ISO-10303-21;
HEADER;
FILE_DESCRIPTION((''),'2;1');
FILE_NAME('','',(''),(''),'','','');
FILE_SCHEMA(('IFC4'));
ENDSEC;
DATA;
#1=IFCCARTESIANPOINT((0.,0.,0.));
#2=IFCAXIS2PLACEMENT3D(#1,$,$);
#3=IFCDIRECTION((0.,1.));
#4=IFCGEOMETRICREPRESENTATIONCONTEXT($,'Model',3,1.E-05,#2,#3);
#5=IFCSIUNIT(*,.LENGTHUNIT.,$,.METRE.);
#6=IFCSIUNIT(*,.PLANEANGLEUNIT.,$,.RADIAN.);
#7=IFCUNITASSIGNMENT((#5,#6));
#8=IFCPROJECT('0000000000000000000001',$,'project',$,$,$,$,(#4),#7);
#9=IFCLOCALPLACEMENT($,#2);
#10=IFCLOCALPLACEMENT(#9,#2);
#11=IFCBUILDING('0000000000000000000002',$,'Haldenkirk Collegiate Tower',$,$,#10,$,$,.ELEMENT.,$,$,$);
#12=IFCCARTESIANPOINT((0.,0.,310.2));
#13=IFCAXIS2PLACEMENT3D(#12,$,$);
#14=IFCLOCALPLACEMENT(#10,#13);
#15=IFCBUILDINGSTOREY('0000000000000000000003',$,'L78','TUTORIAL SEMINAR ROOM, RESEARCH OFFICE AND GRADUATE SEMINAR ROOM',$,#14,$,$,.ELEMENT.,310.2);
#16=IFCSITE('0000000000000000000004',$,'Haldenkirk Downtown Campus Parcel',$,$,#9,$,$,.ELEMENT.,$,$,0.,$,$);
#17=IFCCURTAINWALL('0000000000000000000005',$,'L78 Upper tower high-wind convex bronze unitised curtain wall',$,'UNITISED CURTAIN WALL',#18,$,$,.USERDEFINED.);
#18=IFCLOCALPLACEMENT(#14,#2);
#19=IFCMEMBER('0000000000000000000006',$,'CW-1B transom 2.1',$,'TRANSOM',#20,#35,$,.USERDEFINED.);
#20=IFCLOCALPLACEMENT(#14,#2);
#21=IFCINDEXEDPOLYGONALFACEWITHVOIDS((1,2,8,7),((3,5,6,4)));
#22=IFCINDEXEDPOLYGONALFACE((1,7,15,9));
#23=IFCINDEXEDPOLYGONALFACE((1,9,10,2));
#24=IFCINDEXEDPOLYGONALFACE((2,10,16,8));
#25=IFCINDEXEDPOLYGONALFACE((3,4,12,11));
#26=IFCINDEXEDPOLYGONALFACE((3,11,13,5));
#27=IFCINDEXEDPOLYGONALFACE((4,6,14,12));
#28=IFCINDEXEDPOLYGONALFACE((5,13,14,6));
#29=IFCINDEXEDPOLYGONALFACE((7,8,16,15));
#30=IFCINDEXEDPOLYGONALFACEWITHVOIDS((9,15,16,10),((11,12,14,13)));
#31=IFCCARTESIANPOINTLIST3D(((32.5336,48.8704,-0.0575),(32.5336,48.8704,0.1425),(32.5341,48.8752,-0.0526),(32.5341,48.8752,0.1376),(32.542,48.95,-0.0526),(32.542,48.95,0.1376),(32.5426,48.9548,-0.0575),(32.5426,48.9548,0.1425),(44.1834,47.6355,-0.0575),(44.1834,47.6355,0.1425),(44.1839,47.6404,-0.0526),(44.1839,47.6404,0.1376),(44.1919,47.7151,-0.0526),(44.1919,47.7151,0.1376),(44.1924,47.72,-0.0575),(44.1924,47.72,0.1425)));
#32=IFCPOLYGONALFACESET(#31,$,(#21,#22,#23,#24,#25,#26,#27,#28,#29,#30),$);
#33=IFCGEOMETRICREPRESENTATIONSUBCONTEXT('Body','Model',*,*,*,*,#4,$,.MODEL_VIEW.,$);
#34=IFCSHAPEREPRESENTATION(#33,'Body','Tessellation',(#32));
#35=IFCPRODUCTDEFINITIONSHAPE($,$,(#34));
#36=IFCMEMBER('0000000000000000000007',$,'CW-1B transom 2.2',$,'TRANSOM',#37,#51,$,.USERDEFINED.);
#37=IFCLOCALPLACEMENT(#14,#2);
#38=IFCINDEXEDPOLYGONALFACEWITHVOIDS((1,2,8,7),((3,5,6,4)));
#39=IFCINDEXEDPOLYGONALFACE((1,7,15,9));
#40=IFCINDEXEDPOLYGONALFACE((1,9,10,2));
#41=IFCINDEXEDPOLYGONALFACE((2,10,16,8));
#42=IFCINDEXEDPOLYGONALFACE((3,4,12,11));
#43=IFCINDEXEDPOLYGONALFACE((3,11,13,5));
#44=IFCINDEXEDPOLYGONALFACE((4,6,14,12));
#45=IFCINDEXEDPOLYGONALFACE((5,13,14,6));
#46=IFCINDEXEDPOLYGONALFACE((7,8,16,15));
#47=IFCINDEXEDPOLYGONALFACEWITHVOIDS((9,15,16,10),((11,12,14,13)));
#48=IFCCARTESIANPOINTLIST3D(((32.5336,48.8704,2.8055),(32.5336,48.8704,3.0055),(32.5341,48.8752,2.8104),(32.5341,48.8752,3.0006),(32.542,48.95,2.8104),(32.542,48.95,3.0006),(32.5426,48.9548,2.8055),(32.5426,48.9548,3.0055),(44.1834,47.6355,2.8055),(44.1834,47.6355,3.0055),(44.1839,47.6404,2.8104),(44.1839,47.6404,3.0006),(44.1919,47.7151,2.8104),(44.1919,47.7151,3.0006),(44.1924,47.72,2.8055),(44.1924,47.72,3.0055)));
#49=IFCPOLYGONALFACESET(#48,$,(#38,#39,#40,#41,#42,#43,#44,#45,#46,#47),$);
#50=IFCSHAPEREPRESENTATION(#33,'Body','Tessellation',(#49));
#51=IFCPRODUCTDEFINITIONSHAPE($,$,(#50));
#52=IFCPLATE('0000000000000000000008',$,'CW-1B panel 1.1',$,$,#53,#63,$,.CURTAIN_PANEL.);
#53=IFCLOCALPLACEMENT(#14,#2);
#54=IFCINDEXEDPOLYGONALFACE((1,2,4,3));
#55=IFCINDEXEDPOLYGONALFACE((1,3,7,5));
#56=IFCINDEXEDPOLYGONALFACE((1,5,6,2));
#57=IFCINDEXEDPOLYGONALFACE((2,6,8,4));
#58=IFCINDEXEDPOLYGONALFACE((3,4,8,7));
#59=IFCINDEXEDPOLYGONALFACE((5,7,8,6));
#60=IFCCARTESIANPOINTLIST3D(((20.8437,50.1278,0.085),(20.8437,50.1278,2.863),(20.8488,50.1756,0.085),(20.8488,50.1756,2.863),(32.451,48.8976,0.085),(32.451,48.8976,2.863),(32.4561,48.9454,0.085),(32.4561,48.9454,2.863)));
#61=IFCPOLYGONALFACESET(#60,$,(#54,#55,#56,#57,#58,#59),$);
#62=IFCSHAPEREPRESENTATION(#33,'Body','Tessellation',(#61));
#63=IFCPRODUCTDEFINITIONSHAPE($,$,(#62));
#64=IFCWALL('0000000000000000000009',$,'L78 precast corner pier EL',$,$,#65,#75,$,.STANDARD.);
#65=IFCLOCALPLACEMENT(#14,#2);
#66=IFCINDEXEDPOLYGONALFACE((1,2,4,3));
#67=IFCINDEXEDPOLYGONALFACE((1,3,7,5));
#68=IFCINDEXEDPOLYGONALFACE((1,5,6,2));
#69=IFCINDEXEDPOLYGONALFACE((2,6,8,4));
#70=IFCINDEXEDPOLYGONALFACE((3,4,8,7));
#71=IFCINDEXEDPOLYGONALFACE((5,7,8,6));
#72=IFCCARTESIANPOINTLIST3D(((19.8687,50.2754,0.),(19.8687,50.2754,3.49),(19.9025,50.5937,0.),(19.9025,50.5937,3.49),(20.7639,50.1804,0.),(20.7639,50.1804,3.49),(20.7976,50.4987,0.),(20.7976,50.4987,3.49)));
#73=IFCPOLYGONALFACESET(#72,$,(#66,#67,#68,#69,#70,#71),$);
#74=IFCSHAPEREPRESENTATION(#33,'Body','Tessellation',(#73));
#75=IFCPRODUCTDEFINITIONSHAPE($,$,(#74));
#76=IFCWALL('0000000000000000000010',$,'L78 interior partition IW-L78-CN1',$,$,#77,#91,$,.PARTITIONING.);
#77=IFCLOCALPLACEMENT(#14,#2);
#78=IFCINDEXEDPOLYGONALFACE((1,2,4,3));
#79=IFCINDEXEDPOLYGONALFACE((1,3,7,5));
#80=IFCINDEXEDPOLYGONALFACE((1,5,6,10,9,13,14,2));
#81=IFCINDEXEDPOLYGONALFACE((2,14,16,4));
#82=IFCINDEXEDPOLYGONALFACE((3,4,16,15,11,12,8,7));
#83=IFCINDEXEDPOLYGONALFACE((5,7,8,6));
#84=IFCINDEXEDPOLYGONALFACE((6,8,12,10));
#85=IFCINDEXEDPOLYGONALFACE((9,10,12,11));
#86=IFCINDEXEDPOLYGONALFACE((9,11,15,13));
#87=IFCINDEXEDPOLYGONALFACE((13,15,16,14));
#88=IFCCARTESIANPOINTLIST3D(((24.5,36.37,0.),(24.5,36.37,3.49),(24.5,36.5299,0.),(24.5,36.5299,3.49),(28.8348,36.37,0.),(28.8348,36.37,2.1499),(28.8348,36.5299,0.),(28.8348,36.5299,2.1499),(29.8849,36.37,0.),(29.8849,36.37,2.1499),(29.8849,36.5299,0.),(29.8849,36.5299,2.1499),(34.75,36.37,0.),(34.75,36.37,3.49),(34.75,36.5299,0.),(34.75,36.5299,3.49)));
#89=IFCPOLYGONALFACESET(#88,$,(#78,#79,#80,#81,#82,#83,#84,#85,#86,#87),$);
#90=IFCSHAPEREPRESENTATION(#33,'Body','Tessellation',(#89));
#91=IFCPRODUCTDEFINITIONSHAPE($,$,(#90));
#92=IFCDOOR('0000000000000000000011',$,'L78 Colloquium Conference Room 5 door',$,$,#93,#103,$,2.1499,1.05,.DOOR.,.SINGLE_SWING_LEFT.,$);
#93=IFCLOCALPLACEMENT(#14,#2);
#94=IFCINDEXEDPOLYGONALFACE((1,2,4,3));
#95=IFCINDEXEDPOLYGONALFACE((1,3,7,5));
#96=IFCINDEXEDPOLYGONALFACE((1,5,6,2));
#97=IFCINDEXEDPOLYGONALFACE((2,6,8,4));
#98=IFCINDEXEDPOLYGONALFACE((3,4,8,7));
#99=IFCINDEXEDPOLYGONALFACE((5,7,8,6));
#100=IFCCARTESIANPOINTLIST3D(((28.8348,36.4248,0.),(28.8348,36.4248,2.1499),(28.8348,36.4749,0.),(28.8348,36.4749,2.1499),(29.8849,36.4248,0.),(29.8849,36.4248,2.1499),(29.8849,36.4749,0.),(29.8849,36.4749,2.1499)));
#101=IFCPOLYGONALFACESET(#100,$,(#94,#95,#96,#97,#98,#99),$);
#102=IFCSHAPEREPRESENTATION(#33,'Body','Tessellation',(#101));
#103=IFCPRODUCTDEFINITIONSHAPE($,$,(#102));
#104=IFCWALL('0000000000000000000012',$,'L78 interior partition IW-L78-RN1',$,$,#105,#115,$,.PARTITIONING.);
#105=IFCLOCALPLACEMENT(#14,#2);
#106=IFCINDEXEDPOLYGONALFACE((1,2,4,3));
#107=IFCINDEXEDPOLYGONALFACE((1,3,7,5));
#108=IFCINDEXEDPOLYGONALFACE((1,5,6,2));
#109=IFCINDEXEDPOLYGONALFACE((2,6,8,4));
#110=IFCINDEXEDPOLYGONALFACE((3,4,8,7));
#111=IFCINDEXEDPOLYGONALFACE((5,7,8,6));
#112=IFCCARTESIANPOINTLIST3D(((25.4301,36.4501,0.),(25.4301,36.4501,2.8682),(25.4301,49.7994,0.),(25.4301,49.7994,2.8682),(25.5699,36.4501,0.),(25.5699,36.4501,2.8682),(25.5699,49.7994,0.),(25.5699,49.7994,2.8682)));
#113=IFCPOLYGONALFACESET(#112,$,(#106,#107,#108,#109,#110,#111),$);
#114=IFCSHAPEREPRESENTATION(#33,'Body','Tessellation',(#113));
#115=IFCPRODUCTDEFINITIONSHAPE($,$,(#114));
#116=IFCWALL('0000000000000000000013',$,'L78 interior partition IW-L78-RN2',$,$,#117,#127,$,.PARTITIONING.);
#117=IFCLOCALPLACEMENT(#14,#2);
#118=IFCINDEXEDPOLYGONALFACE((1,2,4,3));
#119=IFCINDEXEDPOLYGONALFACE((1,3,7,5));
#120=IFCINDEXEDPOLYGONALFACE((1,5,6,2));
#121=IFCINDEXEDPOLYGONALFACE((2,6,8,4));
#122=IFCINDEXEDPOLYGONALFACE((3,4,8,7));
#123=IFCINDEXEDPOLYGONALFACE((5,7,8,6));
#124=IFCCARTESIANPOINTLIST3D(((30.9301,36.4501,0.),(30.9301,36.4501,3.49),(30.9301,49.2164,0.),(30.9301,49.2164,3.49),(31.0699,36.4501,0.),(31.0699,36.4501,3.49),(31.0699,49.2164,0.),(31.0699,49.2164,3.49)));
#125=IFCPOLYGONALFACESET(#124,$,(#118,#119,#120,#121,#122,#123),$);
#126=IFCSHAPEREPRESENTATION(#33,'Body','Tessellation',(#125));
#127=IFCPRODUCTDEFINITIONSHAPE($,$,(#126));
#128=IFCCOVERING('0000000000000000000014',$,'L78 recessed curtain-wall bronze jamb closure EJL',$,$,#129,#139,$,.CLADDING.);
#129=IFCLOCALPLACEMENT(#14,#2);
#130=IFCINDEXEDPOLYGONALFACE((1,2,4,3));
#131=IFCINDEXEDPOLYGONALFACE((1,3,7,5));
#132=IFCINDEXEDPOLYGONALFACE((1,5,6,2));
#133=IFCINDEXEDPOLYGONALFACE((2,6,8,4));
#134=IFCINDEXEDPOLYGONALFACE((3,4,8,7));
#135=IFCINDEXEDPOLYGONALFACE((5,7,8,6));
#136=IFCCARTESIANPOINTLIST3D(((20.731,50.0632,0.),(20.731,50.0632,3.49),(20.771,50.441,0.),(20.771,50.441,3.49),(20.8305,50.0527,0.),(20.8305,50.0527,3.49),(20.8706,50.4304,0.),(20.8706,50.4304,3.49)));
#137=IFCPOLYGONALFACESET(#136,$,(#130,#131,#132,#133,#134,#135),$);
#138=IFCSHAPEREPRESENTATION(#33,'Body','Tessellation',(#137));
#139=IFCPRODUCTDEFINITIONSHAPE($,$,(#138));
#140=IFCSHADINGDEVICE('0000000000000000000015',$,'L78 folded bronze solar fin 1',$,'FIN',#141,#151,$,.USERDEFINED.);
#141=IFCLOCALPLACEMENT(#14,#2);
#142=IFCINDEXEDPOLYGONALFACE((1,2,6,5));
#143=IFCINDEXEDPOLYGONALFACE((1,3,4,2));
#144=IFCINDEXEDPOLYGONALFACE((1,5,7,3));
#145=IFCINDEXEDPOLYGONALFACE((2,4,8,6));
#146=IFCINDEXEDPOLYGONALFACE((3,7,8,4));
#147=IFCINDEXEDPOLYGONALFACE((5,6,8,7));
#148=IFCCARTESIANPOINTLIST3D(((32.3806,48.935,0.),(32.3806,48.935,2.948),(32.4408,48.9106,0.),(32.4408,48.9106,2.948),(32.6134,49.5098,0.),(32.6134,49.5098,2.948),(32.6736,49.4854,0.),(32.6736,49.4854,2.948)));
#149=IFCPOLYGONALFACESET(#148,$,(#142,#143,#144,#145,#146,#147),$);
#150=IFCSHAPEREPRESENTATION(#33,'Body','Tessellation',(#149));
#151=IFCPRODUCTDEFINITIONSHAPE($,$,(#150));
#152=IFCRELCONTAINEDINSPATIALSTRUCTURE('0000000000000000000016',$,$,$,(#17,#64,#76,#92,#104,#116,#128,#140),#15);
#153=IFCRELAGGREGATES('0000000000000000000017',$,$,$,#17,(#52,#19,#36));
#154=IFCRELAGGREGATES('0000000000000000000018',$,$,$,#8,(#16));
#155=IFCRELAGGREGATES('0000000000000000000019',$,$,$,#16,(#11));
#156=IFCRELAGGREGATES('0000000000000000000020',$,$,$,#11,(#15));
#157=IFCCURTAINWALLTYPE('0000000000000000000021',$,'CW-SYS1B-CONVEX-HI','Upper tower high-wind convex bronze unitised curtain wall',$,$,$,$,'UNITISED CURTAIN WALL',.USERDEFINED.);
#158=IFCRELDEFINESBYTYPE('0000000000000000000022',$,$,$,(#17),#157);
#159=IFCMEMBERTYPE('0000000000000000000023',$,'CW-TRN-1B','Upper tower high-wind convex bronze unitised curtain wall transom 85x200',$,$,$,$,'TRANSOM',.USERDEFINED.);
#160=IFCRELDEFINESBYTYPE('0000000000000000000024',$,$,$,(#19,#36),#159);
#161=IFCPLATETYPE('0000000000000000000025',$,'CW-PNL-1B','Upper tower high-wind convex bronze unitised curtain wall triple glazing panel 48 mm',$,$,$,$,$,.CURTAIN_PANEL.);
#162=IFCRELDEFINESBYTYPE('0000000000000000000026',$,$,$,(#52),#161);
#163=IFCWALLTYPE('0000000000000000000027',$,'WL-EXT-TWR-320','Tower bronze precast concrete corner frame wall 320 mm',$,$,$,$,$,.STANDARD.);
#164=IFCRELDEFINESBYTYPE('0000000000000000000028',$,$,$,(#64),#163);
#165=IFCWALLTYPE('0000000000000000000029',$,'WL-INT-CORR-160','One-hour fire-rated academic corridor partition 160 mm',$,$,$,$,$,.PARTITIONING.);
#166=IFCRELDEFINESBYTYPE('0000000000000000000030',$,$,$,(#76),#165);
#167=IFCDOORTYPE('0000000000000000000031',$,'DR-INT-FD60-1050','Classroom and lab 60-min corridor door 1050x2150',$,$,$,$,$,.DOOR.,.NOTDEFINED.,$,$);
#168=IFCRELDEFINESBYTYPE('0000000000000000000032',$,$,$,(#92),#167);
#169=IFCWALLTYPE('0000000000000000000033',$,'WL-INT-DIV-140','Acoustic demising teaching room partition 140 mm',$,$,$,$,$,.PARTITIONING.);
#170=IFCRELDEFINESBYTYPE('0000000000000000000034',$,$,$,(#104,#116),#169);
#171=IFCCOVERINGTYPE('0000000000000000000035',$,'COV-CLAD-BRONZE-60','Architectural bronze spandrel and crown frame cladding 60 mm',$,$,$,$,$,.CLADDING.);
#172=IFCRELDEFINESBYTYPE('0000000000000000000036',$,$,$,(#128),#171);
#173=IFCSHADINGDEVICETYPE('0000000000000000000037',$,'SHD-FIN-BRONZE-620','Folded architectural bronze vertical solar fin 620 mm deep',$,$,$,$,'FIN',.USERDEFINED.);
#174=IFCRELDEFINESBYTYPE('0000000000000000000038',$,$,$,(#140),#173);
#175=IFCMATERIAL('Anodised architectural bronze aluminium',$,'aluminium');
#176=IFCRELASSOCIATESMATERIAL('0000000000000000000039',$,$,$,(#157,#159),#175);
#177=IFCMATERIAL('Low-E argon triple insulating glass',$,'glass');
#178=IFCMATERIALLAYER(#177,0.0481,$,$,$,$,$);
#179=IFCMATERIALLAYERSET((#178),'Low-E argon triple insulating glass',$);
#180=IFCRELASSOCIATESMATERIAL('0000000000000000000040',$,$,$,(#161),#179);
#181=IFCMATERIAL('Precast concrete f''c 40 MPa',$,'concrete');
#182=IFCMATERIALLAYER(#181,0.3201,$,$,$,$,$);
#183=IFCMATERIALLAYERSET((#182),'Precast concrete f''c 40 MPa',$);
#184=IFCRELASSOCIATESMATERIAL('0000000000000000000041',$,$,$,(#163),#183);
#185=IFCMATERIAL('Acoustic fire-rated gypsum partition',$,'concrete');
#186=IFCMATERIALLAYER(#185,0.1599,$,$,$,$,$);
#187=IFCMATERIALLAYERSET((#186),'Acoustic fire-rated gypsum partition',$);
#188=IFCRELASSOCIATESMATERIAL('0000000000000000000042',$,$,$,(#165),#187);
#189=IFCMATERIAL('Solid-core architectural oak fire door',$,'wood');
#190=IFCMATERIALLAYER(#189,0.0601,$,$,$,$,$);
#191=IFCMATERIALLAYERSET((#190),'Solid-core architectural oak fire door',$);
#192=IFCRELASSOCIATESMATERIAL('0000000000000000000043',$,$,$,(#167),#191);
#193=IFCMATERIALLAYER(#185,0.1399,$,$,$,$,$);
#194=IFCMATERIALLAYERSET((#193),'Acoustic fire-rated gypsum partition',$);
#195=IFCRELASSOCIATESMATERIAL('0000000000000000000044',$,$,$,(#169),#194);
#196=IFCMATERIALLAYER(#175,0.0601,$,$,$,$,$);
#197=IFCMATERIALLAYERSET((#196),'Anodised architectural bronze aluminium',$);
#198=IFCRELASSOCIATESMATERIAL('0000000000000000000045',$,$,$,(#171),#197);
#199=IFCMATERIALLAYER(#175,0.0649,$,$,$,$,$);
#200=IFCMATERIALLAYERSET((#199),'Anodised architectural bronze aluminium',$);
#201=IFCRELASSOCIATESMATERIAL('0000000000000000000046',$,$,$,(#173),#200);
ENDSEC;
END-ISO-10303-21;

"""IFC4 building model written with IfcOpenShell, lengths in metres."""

from ifc_helpers import new_model, si_unit, direction, frame, frame_2d, origin, origin_2d, place, context, subcontext, project, spatial, rectangle, hollow_rectangle, extrude, source, transform, mapped, material, layer, layer_set, material_profile, profile_set, type_object, element, fill, aggregate, save


model = new_model("IFC4")

# Units and contexts
model_context = context("Model", 3, precision=1e-05, world=origin(), true_north=direction((0.0, 1.0)))
body_context = subcontext(model_context, "Body", "Model", "MODEL_VIEW")
ifc_project = project(units=[si_unit("LENGTHUNIT", "METRE"), si_unit("PLANEANGLEUNIT", "RADIAN")], contexts=[model_context])

# Site, building, storey
site_placement = place(None, origin())
site = spatial("IfcSite", under=ifc_project, at=site_placement, Name="Haldenkirk Downtown Campus Parcel", CompositionType="ELEMENT", RefElevation=0.0)
building_placement = place(site_placement, origin())
building = spatial("IfcBuilding", under=site, at=building_placement, Name="Haldenkirk Collegiate Tower", CompositionType="ELEMENT")
storey_placement = place(building_placement, frame((0.0, 0.0, 310.2)))
storey = spatial("IfcBuildingStorey", under=building, at=storey_placement, Name="L78", Description="TUTORIAL SEMINAR ROOM, RESEARCH OFFICE AND GRADUATE SEMINAR ROOM", CompositionType="ELEMENT", Elevation=310.2)

# Curtain wall, members, plate
ifc_material_1 = material(Name="Anodised architectural bronze aluminium", Category="aluminium")
curtain_wall_type = type_object("IfcCurtainWallType", Name="CW-SYS1B-CONVEX-HI", Description="Upper tower high-wind convex bronze unitised curtain wall", ElementType="UNITISED CURTAIN WALL", PredefinedType="USERDEFINED", material=ifc_material_1)
curtain_wall_placement = place(storey_placement, origin())
curtain_wall = element("IfcCurtainWall", 1, at=curtain_wall_placement, inside=storey, type_object=curtain_wall_type, Name="L78 Upper tower high-wind convex bronze unitised curtain wall", ObjectType="UNITISED CURTAIN WALL", PredefinedType="USERDEFINED")
ifc_material_profile_1 = material_profile(ifc_material_1, hollow_rectangle(XDim=0.085, YDim=0.2, WallThickness=0.0049, at=origin_2d()), Name="CW-TRN-1B")
ifc_profile_set_1 = profile_set([ifc_material_profile_1], Name="Anodised architectural bronze aluminium")
member_type_1 = type_object("IfcMemberType", Name="CW-TRN-1B", Description="Upper tower high-wind convex bronze unitised curtain wall transom 85x200", ElementType="TRANSOM", PredefinedType="USERDEFINED", material=ifc_profile_set_1)
member_1_placement = place(storey_placement, frame((32.5381, 48.9126, 0.0425), z_axis=(0.994429, -0.105407, 0.0), x_axis=(0.105407, 0.994429, 0.0)))
member_1 = element("IfcMember", 2, at=member_1_placement, type_object=member_type_1, Name="CW-1B transom 2.1", ObjectType="TRANSOM", PredefinedType="USERDEFINED", context=body_context, shape_type="SweptSolid", body=[
    extrude(hollow_rectangle(XDim=0.085, YDim=0.2, WallThickness=0.0049, at=origin_2d()), origin(), (0.0, 0.0, 1.0), 11.7151),
])
member_2_placement = place(storey_placement, frame((32.5381, 48.9126, 2.9055), z_axis=(0.994429, -0.105407, 0.0), x_axis=(0.105407, 0.994429, 0.0)))
member_2 = element("IfcMember", 3, at=member_2_placement, type_object=member_type_1, Name="CW-1B transom 2.2", ObjectType="TRANSOM", PredefinedType="USERDEFINED", context=body_context, shape_type="SweptSolid", body=[
    extrude(hollow_rectangle(XDim=0.085, YDim=0.2, WallThickness=0.0049, at=origin_2d()), origin(), (0.0, 0.0, 1.0), 11.7151),
])
ifc_material_2 = material(Name="Low-E argon triple insulating glass", Category="glass")
ifc_layer_1 = layer(ifc_material_2, 0.0481)
ifc_layer_set_1 = layer_set([ifc_layer_1], Name="Low-E argon triple insulating glass")
plate_type = type_object("IfcPlateType", Name="CW-PNL-1B", Description="Upper tower high-wind convex bronze unitised curtain wall triple glazing panel 48 mm", PredefinedType="CURTAIN_PANEL", material=ifc_layer_set_1)
shared_shape_1 = source(origin(), body_context, "Body", "SweptSolid", [
    extrude(rectangle(XDim=11.6724, YDim=0.0481, at=origin_2d()), origin(), (0.0, 0.0, 1.0), 2.7781),
])
plate_placement = place(storey_placement, frame((26.6499, 49.5366, 0.085), z_axis=(0.0, 0.0, 1.0), x_axis=(0.994431, -0.105393, 0.0)))
plate = element("IfcPlate", 4, at=plate_placement, type_object=plate_type, Name="CW-1B panel 1.1", PredefinedType="CURTAIN_PANEL", context=body_context, shape_type="MappedRepresentation", body=[
    mapped(shared_shape_1, transform((0.0, 0.0, 0.0), x_axis=(1.0, 0.0, 0.0), y_axis=(0.0, 1.0, 0.0), z_axis=(0.0, 0.0, 1.0), scale=1.0)),
])
aggregate(curtain_wall, [plate, member_1, member_2])

# Wall
ifc_material_3 = material(Name="Precast concrete f'c 40 MPa", Category="concrete")
ifc_layer_2 = layer(ifc_material_3, 0.3201)
ifc_layer_set_2 = layer_set([ifc_layer_2], Name="Precast concrete f'c 40 MPa")
wall_type_1 = type_object("IfcWallType", Name="WL-EXT-TWR-320", Description="Tower bronze precast concrete corner frame wall 320 mm", PredefinedType="STANDARD", material=ifc_layer_set_2)
wall_1_placement = place(storey_placement, frame((19.8855, 50.4346, 0.0), z_axis=(0.0, 0.0, 1.0), x_axis=(0.994417, -0.105518, 0.0)))
element("IfcWall", 5, at=wall_1_placement, inside=storey, type_object=wall_type_1, Name="L78 precast corner pier EL", PredefinedType="STANDARD", context=body_context, shape_type="SweptSolid", body=[
    extrude(rectangle(XDim=0.9001, YDim=0.3201, at=frame_2d((0.4502, 0.0))), origin(), (0.0, 0.0, 1.0), 3.49),
])

# Wall, opening, door
ifc_material_4 = material(Name="Acoustic fire-rated gypsum partition", Category="concrete")
ifc_layer_3 = layer(ifc_material_4, 0.1599)
ifc_layer_set_3 = layer_set([ifc_layer_3], Name="Acoustic fire-rated gypsum partition")
wall_type_2 = type_object("IfcWallType", Name="WL-INT-CORR-160", Description="One-hour fire-rated academic corridor partition 160 mm", PredefinedType="PARTITIONING", material=ifc_layer_set_3)
wall_2_placement = place(storey_placement, frame((24.5, 36.45, 0.0), z_axis=(0.0, 0.0, 1.0), x_axis=(1.0, 0.0, 0.0)))
wall_2 = element("IfcWall", 6, at=wall_2_placement, inside=storey, type_object=wall_type_2, Name="L78 interior partition IW-L78-CN1", PredefinedType="PARTITIONING", context=body_context, shape_type="SweptSolid", body=[
    extrude(rectangle(XDim=10.25, YDim=0.1599, at=frame_2d((5.125, 0.0))), origin(), (0.0, 0.0, 1.0), 3.49),
])
opening_placement = place(wall_2_placement, frame((4.335, 0.0, 0.0)))
opening = element("IfcOpeningElement", 7, at=opening_placement, cuts=wall_2, PredefinedType="OPENING", context=body_context, shape_type="SweptSolid", body=[
    extrude(rectangle(XDim=1.05, YDim=2.1499, at=frame_2d((0.5249, 1.075))), frame((0.0, 0.0898, 0.0), z_axis=(0.0, -1.0, 0.0), x_axis=(1.0, 0.0, 0.0)), (0.0, 0.0, 1.0), 0.1799),
])
ifc_material_5 = material(Name="Solid-core architectural oak fire door", Category="wood")
ifc_layer_4 = layer(ifc_material_5, 0.0601)
ifc_layer_set_4 = layer_set([ifc_layer_4], Name="Solid-core architectural oak fire door")
door_type = type_object("IfcDoorType", Name="DR-INT-FD60-1050", Description="Classroom and lab 60-min corridor door 1050x2150", OperationType="NOTDEFINED", PredefinedType="DOOR", material=ifc_layer_set_4)
door_placement = place(opening_placement, origin())
door = element("IfcDoor", 8, at=door_placement, inside=storey, type_object=door_type, Name="L78 Colloquium Conference Room 5 door", OperationType="SINGLE_SWING_LEFT", OverallHeight=2.1499, OverallWidth=1.05, PredefinedType="DOOR", context=body_context, shape_type="SweptSolid", body=[
    extrude(rectangle(XDim=1.05, YDim=2.1499, at=frame_2d((0.5249, 1.075))), frame((0.0, 0.0249, 0.0), z_axis=(0.0, -1.0, 0.0), x_axis=(1.0, 0.0, 0.0)), (0.0, 0.0, 1.0), 0.05),
])
fill(opening, door)

# Walls
ifc_layer_5 = layer(ifc_material_4, 0.1399)
ifc_layer_set_5 = layer_set([ifc_layer_5], Name="Acoustic fire-rated gypsum partition")
wall_type_3 = type_object("IfcWallType", Name="WL-INT-DIV-140", Description="Acoustic demising teaching room partition 140 mm", PredefinedType="PARTITIONING", material=ifc_layer_set_5)
wall_3_placement = place(storey_placement, frame((25.5, 36.45, 0.0), z_axis=(0.0, 0.0, 1.0), x_axis=(0.0, 1.0, 0.0)))
element("IfcWall", 9, at=wall_3_placement, inside=storey, type_object=wall_type_3, Name="L78 interior partition IW-L78-RN1", PredefinedType="PARTITIONING", context=body_context, shape_type="SweptSolid", body=[
    extrude(rectangle(XDim=13.3494, YDim=0.1399, at=frame_2d((6.6748, 0.0))), origin(), (0.0, 0.0, 1.0), 2.8682),
])
wall_4_placement = place(storey_placement, frame((31.0, 36.45, 0.0), z_axis=(0.0, 0.0, 1.0), x_axis=(0.0, 1.0, 0.0)))
element("IfcWall", 10, at=wall_4_placement, inside=storey, type_object=wall_type_3, Name="L78 interior partition IW-L78-RN2", PredefinedType="PARTITIONING", context=body_context, shape_type="SweptSolid", body=[
    extrude(rectangle(XDim=12.7664, YDim=0.1399, at=frame_2d((6.3833, 0.0))), origin(), (0.0, 0.0, 1.0), 3.49),
])

# Covering
ifc_layer_6 = layer(ifc_material_1, 0.0601)
ifc_layer_set_6 = layer_set([ifc_layer_6], Name="Anodised architectural bronze aluminium")
covering_type = type_object("IfcCoveringType", Name="COV-CLAD-BRONZE-60", Description="Architectural bronze spandrel and crown frame cladding 60 mm", PredefinedType="CLADDING", material=ifc_layer_set_6)
shared_shape_2 = source(origin(), body_context, "Body", "SweptSolid", [
    extrude(rectangle(XDim=0.1001, YDim=0.3799, at=origin_2d()), origin(), (0.0, 0.0, 1.0), 3.49),
])
covering_placement = place(storey_placement, frame((20.8008, 50.2468, 0.0), z_axis=(0.0, 0.0, 1.0), x_axis=(0.99443, -0.105396, 0.0)))
element("IfcCovering", 11, at=covering_placement, inside=storey, type_object=covering_type, Name="L78 recessed curtain-wall bronze jamb closure EJL", PredefinedType="CLADDING", context=body_context, shape_type="MappedRepresentation", body=[
    mapped(shared_shape_2, transform((0.0, 0.0, 0.0), x_axis=(1.0, 0.0, 0.0), y_axis=(0.0, 1.0, 0.0), z_axis=(0.0, 0.0, 1.0), scale=1.0)),
])

# Shading device
ifc_layer_7 = layer(ifc_material_1, 0.0649)
ifc_layer_set_7 = layer_set([ifc_layer_7], Name="Anodised architectural bronze aluminium")
shading_device_type = type_object("IfcShadingDeviceType", Name="SHD-FIN-BRONZE-620", Description="Folded architectural bronze vertical solar fin 620 mm deep", ElementType="FIN", PredefinedType="USERDEFINED", material=ifc_layer_set_7)
shared_shape_3 = source(origin(), body_context, "Body", "SweptSolid", [
    extrude(rectangle(XDim=0.6201, YDim=0.0649, at=origin_2d()), origin(), (0.0, 0.0, 1.0), 2.948),
])
shading_device_placement = place(storey_placement, frame((32.5271, 49.2102, 0.0), z_axis=(0.0, 0.0, 1.0), x_axis=(0.375416, 0.926857, 0.0)))
element("IfcShadingDevice", 12, at=shading_device_placement, inside=storey, type_object=shading_device_type, Name="L78 folded bronze solar fin 1", ObjectType="FIN", PredefinedType="USERDEFINED", context=body_context, shape_type="MappedRepresentation", body=[
    mapped(shared_shape_3, transform((0.0, 0.0, 0.0), x_axis=(1.0, 0.0, 0.0), y_axis=(0.0, 1.0, 0.0), z_axis=(0.0, 0.0, 1.0), scale=1.0)),
])

save(model, "model.ifc")
